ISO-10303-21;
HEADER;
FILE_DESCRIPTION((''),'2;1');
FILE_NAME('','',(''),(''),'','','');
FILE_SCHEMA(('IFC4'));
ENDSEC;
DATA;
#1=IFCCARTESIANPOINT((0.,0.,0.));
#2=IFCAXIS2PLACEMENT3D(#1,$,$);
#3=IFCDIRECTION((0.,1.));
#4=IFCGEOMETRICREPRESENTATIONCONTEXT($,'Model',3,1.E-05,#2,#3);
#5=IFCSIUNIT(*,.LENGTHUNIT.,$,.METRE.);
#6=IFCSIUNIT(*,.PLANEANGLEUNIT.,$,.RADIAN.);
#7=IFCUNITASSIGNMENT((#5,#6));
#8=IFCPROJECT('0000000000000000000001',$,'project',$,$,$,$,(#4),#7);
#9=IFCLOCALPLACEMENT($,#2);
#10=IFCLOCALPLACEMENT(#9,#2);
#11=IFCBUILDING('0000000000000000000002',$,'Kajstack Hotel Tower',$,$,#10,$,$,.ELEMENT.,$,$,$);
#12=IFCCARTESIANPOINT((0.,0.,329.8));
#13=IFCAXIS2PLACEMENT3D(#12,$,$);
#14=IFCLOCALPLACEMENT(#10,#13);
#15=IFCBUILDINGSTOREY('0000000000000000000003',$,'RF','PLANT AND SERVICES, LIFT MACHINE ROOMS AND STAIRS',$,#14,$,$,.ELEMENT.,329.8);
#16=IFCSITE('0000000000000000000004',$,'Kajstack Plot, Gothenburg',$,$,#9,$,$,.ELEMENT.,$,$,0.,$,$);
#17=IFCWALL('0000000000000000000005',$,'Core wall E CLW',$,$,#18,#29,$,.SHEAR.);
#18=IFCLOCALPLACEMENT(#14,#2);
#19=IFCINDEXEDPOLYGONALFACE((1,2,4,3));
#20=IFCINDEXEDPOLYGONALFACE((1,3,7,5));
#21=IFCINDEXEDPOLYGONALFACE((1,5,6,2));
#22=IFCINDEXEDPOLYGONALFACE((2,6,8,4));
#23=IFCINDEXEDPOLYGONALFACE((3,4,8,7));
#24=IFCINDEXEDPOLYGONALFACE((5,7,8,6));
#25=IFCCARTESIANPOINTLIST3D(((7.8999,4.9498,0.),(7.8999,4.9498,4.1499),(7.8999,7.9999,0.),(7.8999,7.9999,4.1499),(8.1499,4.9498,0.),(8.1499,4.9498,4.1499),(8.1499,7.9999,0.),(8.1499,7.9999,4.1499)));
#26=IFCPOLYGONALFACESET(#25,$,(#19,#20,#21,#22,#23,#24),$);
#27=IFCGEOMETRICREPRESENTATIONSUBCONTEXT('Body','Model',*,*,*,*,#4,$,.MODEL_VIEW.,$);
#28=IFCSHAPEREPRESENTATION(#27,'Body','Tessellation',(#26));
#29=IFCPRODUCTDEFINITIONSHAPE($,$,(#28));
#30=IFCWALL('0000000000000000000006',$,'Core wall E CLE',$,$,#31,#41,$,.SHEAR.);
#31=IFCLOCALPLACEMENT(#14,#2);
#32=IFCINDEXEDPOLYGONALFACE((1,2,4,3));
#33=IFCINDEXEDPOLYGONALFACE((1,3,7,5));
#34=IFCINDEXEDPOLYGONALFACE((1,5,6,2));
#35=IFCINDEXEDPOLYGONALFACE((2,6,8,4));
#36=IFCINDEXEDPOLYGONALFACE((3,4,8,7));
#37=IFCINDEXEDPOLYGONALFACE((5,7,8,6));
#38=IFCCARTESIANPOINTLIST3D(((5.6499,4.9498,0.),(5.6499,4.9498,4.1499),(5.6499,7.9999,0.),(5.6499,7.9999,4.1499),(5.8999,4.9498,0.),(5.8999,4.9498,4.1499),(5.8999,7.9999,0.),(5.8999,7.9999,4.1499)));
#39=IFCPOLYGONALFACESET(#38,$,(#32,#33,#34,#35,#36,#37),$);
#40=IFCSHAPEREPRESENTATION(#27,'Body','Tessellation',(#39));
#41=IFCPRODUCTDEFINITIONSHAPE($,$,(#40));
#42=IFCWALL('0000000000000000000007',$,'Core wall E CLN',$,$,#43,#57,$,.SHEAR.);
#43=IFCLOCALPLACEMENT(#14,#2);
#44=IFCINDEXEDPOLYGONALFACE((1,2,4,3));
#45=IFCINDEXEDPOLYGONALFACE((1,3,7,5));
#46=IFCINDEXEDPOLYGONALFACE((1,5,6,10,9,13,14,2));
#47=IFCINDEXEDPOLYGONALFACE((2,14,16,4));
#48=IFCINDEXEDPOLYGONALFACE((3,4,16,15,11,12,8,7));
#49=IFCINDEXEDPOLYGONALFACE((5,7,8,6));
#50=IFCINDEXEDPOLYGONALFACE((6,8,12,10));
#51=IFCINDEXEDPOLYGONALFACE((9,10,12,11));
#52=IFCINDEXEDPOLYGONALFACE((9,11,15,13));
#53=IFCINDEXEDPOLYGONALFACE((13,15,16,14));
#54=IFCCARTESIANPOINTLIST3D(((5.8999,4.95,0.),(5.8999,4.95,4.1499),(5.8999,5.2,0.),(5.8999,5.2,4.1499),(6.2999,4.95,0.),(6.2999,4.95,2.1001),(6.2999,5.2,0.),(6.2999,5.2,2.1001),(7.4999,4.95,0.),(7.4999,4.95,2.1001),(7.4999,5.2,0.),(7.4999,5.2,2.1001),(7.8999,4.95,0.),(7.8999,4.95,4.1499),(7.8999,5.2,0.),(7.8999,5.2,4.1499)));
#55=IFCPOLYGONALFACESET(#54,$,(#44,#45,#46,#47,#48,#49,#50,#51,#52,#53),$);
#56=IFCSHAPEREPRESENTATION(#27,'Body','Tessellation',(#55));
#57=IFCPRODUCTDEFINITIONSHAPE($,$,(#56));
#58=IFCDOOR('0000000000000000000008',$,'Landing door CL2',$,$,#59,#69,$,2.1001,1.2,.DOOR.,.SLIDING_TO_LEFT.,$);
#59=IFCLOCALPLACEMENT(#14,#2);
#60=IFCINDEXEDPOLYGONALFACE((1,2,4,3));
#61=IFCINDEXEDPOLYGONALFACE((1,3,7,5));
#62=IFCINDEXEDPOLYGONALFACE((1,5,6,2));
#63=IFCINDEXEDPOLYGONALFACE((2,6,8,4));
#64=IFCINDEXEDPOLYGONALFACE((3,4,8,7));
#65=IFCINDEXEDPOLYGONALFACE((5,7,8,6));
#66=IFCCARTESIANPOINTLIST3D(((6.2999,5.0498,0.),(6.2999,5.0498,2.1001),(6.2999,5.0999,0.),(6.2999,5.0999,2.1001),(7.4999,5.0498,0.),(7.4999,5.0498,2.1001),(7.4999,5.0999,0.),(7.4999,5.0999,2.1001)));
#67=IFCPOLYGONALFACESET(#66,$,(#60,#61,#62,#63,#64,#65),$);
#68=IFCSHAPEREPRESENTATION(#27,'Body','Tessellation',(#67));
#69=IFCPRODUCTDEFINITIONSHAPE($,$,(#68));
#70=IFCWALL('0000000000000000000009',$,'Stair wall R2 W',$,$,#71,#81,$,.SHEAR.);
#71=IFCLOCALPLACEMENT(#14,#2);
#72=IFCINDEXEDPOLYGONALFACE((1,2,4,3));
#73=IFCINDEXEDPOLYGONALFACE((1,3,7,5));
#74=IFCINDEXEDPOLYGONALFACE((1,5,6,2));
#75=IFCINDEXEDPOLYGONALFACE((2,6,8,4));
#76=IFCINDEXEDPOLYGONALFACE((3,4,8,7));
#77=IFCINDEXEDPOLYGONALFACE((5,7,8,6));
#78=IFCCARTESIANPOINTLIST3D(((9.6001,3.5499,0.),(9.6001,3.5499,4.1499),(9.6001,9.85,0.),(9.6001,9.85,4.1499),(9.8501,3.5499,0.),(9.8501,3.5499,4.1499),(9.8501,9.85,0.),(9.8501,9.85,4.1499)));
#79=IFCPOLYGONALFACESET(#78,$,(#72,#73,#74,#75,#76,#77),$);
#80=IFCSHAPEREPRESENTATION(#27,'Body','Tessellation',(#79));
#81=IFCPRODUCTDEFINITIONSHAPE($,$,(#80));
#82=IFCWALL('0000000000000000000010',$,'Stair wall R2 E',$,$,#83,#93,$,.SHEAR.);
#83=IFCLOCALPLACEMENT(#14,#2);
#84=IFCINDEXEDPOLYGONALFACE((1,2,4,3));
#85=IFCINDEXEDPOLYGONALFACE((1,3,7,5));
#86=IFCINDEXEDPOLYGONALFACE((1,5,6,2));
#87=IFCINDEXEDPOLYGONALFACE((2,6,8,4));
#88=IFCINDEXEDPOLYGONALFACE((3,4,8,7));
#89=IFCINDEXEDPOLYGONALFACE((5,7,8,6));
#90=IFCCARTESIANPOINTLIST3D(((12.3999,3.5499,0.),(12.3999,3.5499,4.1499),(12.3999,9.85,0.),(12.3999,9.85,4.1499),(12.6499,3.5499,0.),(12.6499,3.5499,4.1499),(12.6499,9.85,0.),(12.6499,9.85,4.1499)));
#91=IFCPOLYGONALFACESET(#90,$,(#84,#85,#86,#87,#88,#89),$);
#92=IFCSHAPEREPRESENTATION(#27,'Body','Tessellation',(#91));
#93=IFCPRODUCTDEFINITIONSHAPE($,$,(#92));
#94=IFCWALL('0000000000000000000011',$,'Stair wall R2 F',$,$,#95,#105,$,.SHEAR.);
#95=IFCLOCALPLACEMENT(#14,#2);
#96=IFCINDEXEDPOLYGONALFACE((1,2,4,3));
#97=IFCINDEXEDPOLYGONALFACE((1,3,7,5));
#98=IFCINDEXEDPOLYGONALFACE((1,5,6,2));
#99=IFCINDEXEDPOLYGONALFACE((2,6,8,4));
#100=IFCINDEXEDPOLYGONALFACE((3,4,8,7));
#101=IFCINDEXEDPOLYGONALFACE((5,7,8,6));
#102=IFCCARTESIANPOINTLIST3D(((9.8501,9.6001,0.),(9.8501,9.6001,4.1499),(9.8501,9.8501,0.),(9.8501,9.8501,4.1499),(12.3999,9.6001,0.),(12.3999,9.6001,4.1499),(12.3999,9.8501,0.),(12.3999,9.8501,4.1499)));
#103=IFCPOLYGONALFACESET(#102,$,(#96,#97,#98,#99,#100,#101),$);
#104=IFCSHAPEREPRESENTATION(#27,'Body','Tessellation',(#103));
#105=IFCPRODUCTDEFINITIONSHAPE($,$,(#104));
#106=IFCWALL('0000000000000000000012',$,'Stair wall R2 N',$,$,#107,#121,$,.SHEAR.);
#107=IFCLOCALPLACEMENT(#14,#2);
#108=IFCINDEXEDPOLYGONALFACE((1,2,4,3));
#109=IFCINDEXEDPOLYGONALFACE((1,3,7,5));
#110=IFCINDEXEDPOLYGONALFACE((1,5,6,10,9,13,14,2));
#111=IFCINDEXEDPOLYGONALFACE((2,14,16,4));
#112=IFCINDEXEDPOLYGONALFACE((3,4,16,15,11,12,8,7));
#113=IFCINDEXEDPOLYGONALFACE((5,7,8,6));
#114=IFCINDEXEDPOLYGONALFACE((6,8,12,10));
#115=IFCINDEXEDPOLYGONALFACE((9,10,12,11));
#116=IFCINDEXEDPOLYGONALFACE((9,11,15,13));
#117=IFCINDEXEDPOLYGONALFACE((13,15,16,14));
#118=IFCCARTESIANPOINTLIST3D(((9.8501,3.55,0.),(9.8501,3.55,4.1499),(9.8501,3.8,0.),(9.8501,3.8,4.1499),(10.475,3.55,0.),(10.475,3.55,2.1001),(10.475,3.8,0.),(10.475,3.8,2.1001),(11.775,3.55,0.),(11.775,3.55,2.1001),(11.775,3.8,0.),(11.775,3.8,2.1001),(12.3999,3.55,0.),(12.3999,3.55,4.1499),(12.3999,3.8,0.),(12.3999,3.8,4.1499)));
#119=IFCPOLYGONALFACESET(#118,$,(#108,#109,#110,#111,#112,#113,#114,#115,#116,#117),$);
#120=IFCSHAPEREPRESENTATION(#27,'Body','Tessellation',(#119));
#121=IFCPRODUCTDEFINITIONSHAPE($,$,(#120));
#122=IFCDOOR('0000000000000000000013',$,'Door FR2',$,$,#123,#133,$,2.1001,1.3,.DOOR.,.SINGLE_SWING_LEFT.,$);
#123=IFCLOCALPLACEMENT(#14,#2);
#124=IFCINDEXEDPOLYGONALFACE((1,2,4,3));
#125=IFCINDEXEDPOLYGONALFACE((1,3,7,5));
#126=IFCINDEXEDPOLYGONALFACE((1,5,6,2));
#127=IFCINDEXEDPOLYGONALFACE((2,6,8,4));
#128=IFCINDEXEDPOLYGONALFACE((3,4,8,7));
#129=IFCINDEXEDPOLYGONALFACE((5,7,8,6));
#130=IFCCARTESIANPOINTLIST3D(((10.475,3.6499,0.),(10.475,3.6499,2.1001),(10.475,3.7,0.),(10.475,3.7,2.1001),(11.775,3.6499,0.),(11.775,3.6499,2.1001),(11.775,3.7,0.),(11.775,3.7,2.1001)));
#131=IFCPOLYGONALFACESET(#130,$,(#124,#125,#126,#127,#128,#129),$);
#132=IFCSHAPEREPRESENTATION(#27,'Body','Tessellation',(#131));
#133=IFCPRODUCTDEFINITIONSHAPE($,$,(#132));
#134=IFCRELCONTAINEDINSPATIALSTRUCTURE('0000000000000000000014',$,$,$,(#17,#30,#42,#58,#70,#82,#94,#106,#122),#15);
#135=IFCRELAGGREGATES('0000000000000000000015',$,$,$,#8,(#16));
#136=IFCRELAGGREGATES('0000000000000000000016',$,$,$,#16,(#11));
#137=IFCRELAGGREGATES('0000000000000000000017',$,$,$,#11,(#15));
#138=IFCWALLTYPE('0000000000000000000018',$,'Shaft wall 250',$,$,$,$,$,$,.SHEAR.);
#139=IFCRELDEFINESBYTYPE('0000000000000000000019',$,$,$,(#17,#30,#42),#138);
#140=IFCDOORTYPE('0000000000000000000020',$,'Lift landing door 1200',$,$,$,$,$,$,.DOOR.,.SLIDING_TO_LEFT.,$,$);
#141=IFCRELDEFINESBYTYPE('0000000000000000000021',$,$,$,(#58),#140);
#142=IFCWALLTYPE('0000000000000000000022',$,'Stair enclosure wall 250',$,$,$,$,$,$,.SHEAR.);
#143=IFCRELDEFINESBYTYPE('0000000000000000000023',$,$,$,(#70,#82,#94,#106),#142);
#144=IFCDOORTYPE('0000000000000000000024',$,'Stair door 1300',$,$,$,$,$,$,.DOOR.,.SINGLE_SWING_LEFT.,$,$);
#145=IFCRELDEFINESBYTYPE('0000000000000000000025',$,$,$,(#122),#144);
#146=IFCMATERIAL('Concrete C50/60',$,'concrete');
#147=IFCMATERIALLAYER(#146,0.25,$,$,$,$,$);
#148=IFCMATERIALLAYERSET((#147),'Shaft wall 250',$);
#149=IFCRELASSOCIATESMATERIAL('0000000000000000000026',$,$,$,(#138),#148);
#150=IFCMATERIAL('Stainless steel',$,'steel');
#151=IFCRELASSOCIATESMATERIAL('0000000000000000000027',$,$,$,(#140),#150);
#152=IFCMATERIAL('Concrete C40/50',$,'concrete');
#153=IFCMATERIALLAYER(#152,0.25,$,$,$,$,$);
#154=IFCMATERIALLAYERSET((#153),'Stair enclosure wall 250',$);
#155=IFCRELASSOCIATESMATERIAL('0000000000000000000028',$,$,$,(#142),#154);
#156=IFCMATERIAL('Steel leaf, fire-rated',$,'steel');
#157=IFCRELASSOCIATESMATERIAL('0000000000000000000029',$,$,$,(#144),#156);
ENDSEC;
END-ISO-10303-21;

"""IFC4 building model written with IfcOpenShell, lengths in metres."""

from ifc_helpers import new_model, si_unit, direction, frame, frame_2d, origin, place, context, subcontext, project, spatial, rectangle, extrude, material, layer, layer_set, type_object, element, fill, save


model = new_model("IFC4")

# Units and contexts
model_context = context("Model", 3, precision=1e-05, world=origin(), true_north=direction((0.0, 1.0)))
body_context = subcontext(model_context, "Body", "Model", "MODEL_VIEW")
ifc_project = project(units=[si_unit("LENGTHUNIT", "METRE"), si_unit("PLANEANGLEUNIT", "RADIAN")], contexts=[model_context])

# Site, building, storey
site_placement = place(None, origin())
site = spatial("IfcSite", under=ifc_project, at=site_placement, Name="Kajstack Plot, Gothenburg", CompositionType="ELEMENT", RefElevation=0.0)
building_placement = place(site_placement, origin())
building = spatial("IfcBuilding", under=site, at=building_placement, Name="Kajstack Hotel Tower", CompositionType="ELEMENT")
storey_placement = place(building_placement, frame((0.0, 0.0, 329.8)))
storey = spatial("IfcBuildingStorey", under=building, at=storey_placement, Name="RF", Description="PLANT AND SERVICES, LIFT MACHINE ROOMS AND STAIRS", CompositionType="ELEMENT", Elevation=329.8)

# Walls
ifc_material_1 = material(Name="Concrete C40/50", Category="concrete")
ifc_material_2 = material(Name="Concrete C50/60", Category="concrete")
ifc_layer_1 = layer(ifc_material_2, 0.25)
ifc_layer_set_1 = layer_set([ifc_layer_1], Name="Shaft wall 250")
wall_type_1 = type_object("IfcWallType", Name="Shaft wall 250", PredefinedType="SHEAR", material=ifc_layer_set_1)
for number, where, z_axis, x_axis, name in (
    (1, (8.0249, 4.95, 0.0), (0.0, 0.0, 1.0), (0.0, 1.0, 0.0), "Core wall E CLW"),
    (2, (5.7749, 4.95, 0.0), (0.0, 0.0, 1.0), (0.0, 1.0, 0.0), "Core wall E CLE"),
):
    element("IfcWall", number, at=place(storey_placement, frame(where, z_axis=z_axis, x_axis=x_axis)), inside=storey, type_object=wall_type_1, Name=name, PredefinedType="SHEAR", context=body_context, shape_type="SweptSolid", body=[
        extrude(rectangle(XDim=3.05, YDim=0.25, at=frame_2d((1.5249, 0.0))), origin(), (0.0, 0.0, 1.0), 4.1499),
    ])

# Wall, opening, door
wall_1_placement = place(storey_placement, frame((5.8999, 5.075, 0.0), z_axis=(0.0, 0.0, 1.0), x_axis=(1.0, 0.0, 0.0)))
wall_1 = element("IfcWall", 3, at=wall_1_placement, inside=storey, type_object=wall_type_1, Name="Core wall E CLN", PredefinedType="SHEAR", context=body_context, shape_type="SweptSolid", body=[
    extrude(rectangle(XDim=2.0, YDim=0.25, at=frame_2d((1.0, 0.0))), origin(), (0.0, 0.0, 1.0), 4.1499),
])
opening_1_placement = place(wall_1_placement, frame((0.3999, 0.0, 0.0)))
opening_1 = element("IfcOpeningElement", 4, at=opening_1_placement, cuts=wall_1, PredefinedType="OPENING", context=body_context, shape_type="SweptSolid", body=[
    extrude(rectangle(XDim=1.2, YDim=2.1001, at=frame_2d((0.6001, 1.05))), frame((0.0, 0.135, 0.0), z_axis=(0.0, -1.0, 0.0), x_axis=(1.0, 0.0, 0.0)), (0.0, 0.0, 1.0), 0.27),
])
ifc_material_3 = material(Name="Stainless steel", Category="steel")
door_type_1 = type_object("IfcDoorType", Name="Lift landing door 1200", OperationType="SLIDING_TO_LEFT", PredefinedType="DOOR", material=ifc_material_3)
door_1_placement = place(opening_1_placement, origin())
door_1 = element("IfcDoor", 5, at=door_1_placement, inside=storey, type_object=door_type_1, Name="Landing door CL2", OperationType="SLIDING_TO_LEFT", OverallHeight=2.1001, OverallWidth=1.2, PredefinedType="DOOR", context=body_context, shape_type="SweptSolid", body=[
    extrude(rectangle(XDim=1.2, YDim=2.1001, at=frame_2d((0.6001, 1.05))), frame((0.0, 0.0249, 0.0), z_axis=(0.0, -1.0, 0.0), x_axis=(1.0, 0.0, 0.0)), (0.0, 0.0, 1.0), 0.05),
])
fill(opening_1, door_1)

# Walls
ifc_layer_2 = layer(ifc_material_1, 0.25)
ifc_layer_set_2 = layer_set([ifc_layer_2], Name="Stair enclosure wall 250")
wall_type_2 = type_object("IfcWallType", Name="Stair enclosure wall 250", PredefinedType="SHEAR", material=ifc_layer_set_2)
for number, where, z_axis, x_axis, name in (
    (6, (9.7251, 3.55, 0.0), (0.0, 0.0, 1.0), (0.0, 1.0, 0.0), "Stair wall R2 W"),
    (7, (12.5249, 3.55, 0.0), (0.0, 0.0, 1.0), (0.0, 1.0, 0.0), "Stair wall R2 E"),
):
    element("IfcWall", number, at=place(storey_placement, frame(where, z_axis=z_axis, x_axis=x_axis)), inside=storey, type_object=wall_type_2, Name=name, PredefinedType="SHEAR", context=body_context, shape_type="SweptSolid", body=[
        extrude(rectangle(XDim=6.3, YDim=0.25, at=frame_2d((3.1499, 0.0))), origin(), (0.0, 0.0, 1.0), 4.1499),
    ])
wall_2_placement = place(storey_placement, frame((9.8501, 9.7251, 0.0), z_axis=(0.0, 0.0, 1.0), x_axis=(1.0, 0.0, 0.0)))
element("IfcWall", 8, at=wall_2_placement, inside=storey, type_object=wall_type_2, Name="Stair wall R2 F", PredefinedType="SHEAR", context=body_context, shape_type="SweptSolid", body=[
    extrude(rectangle(XDim=2.5498, YDim=0.25, at=frame_2d((1.2749, 0.0))), origin(), (0.0, 0.0, 1.0), 4.1499),
])

# Wall, opening, door
wall_3_placement = place(storey_placement, frame((9.8501, 3.675, 0.0), z_axis=(0.0, 0.0, 1.0), x_axis=(1.0, 0.0, 0.0)))
wall_3 = element("IfcWall", 9, at=wall_3_placement, inside=storey, type_object=wall_type_2, Name="Stair wall R2 N", PredefinedType="SHEAR", context=body_context, shape_type="SweptSolid", body=[
    extrude(rectangle(XDim=2.5498, YDim=0.25, at=frame_2d((1.2749, 0.0))), origin(), (0.0, 0.0, 1.0), 4.1499),
])
opening_2_placement = place(wall_3_placement, frame((0.625, 0.0, 0.0)))
opening_2 = element("IfcOpeningElement", 10, at=opening_2_placement, cuts=wall_3, PredefinedType="OPENING", context=body_context, shape_type="SweptSolid", body=[
    extrude(rectangle(XDim=1.3, YDim=2.1001, at=frame_2d((0.6499, 1.05))), frame((0.0, 0.135, 0.0), z_axis=(0.0, -1.0, 0.0), x_axis=(1.0, 0.0, 0.0)), (0.0, 0.0, 1.0), 0.27),
])
ifc_material_4 = material(Name="Steel leaf, fire-rated", Category="steel")
door_type_2 = type_object("IfcDoorType", Name="Stair door 1300", OperationType="SINGLE_SWING_LEFT", PredefinedType="DOOR", material=ifc_material_4)
door_2_placement = place(opening_2_placement, origin())
door_2 = element("IfcDoor", 11, at=door_2_placement, inside=storey, type_object=door_type_2, Name="Door FR2", OperationType="SINGLE_SWING_LEFT", OverallHeight=2.1001, OverallWidth=1.3, PredefinedType="DOOR", context=body_context, shape_type="SweptSolid", body=[
    extrude(rectangle(XDim=1.3, YDim=2.1001, at=frame_2d((0.6499, 1.05))), frame((0.0, 0.0249, 0.0), z_axis=(0.0, -1.0, 0.0), x_axis=(1.0, 0.0, 0.0)), (0.0, 0.0, 1.0), 0.05),
])
fill(opening_2, door_2)

save(model, "model.ifc")
